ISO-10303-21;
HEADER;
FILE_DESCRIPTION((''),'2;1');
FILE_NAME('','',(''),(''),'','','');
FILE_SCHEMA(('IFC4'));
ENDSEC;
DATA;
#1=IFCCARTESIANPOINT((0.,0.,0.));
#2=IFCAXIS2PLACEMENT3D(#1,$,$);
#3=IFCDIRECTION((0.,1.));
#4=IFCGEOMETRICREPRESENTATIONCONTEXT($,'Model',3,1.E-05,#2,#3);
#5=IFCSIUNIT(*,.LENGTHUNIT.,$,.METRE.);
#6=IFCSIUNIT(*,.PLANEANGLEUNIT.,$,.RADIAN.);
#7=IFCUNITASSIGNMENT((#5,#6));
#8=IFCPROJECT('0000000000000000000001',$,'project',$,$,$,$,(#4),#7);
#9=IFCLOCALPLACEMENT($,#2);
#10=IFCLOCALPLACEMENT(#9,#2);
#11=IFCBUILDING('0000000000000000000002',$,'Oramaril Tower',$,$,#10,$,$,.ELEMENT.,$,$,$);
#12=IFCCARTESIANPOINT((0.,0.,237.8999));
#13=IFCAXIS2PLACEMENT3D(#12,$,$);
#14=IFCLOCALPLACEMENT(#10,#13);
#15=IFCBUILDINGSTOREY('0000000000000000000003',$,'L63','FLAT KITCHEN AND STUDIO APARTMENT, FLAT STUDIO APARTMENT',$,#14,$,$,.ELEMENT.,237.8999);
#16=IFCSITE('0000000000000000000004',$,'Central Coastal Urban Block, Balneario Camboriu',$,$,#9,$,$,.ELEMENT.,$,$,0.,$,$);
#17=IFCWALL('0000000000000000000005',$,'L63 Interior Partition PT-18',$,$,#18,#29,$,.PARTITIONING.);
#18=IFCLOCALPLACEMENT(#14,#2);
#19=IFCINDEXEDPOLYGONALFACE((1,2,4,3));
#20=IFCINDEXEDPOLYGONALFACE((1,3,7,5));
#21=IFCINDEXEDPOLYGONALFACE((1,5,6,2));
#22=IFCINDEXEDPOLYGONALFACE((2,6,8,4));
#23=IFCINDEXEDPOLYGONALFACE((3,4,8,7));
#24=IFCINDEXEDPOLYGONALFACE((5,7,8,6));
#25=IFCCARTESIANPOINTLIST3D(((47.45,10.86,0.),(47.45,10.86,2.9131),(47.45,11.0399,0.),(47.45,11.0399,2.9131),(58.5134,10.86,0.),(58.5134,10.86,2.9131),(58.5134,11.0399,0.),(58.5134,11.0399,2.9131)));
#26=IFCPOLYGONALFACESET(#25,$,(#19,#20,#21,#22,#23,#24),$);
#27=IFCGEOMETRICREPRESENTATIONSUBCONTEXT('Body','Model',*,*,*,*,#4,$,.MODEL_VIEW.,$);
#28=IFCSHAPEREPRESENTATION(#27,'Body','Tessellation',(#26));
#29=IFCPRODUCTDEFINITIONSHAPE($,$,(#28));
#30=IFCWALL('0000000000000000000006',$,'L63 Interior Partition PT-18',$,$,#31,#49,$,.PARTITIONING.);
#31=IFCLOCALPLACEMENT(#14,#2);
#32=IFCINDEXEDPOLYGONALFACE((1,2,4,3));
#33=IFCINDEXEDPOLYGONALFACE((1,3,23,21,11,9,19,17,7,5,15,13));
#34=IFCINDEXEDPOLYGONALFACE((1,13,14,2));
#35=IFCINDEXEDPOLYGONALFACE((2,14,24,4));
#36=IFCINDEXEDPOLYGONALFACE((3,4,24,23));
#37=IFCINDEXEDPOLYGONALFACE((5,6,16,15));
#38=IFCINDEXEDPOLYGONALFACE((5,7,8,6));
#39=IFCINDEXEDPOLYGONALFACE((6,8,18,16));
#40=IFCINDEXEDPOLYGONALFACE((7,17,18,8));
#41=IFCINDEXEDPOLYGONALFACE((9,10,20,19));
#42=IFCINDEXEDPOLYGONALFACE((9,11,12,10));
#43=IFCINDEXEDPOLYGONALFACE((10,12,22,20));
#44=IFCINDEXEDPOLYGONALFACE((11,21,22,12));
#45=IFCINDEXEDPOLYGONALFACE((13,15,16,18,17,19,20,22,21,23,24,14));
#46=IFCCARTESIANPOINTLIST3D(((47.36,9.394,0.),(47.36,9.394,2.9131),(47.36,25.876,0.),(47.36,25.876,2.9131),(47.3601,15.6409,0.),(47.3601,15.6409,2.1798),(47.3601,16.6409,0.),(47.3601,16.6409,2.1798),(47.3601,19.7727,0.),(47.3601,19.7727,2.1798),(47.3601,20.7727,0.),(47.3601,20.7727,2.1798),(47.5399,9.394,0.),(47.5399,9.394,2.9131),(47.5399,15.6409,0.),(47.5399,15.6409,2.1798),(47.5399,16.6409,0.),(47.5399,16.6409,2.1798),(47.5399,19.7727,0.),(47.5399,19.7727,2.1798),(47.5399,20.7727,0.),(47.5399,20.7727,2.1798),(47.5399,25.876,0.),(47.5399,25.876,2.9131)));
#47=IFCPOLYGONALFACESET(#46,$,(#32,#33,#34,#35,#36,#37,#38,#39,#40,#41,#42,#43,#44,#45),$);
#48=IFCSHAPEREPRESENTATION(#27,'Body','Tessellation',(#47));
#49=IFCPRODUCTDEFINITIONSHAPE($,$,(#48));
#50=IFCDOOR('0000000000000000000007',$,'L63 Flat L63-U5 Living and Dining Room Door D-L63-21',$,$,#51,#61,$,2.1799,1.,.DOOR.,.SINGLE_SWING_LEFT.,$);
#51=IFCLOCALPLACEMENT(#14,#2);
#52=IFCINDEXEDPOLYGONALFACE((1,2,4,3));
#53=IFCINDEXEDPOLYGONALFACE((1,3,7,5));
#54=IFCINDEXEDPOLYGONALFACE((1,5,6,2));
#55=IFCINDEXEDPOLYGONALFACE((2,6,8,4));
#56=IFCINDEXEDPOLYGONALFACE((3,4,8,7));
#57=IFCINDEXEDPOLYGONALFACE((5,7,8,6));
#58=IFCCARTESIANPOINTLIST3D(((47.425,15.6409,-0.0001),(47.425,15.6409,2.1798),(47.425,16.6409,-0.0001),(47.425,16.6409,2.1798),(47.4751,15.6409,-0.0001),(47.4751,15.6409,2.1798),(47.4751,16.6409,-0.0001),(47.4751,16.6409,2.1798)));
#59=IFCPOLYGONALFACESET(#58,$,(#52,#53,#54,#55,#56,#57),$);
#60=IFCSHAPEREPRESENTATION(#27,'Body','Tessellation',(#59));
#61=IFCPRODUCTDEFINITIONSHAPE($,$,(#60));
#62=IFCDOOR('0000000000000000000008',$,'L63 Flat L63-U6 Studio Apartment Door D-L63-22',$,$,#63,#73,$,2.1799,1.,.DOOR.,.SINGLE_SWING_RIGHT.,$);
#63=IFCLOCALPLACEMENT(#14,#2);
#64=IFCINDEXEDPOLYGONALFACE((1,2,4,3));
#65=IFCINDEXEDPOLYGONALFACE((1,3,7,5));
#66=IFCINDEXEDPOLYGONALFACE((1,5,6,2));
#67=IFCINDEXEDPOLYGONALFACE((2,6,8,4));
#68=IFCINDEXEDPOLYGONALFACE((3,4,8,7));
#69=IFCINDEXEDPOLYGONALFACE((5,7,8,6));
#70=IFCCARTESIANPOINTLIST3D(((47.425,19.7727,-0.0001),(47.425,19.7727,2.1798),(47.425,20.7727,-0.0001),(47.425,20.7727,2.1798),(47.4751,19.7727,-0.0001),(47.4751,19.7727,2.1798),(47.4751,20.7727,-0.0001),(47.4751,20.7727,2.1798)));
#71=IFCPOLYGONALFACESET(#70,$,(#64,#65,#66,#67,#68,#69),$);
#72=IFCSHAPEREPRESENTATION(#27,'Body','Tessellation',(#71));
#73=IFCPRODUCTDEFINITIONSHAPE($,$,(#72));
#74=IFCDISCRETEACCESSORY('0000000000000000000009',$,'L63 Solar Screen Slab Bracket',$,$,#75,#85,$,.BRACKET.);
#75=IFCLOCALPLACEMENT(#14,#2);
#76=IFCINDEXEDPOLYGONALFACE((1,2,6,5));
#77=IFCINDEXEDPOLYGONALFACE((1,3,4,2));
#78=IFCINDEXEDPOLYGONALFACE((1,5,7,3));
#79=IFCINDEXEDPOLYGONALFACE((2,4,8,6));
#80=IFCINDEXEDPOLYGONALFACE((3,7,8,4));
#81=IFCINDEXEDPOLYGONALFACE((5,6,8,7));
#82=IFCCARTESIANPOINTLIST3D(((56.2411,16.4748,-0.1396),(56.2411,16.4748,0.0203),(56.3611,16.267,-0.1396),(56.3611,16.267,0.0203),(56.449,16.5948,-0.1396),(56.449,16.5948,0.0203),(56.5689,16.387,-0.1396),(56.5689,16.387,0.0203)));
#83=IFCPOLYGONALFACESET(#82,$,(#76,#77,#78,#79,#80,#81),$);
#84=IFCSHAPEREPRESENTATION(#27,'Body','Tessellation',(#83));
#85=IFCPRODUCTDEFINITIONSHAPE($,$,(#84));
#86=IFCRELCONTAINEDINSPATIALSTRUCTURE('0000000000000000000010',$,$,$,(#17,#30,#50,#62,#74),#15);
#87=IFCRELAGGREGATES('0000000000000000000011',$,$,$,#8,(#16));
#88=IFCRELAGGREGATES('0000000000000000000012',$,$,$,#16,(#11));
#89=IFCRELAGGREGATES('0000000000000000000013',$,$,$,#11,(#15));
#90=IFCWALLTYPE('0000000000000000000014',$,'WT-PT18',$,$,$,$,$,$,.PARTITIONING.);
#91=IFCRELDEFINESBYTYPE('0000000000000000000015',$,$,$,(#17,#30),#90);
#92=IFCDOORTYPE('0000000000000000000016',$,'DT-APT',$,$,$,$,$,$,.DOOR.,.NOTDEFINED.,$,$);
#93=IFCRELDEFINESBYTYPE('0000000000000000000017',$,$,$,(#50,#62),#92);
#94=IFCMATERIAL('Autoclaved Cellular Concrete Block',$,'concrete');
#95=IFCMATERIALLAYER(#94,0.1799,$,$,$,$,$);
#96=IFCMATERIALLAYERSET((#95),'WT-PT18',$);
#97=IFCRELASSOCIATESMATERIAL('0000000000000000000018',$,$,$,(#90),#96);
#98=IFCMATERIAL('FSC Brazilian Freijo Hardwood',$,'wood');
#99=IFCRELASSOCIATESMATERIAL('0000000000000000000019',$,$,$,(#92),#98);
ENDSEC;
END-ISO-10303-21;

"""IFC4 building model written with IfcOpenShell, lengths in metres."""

from ifc_helpers import new_model, si_unit, direction, frame, frame_2d, origin, origin_2d, place, context, subcontext, project, spatial, rectangle, extrude, material, layer, layer_set, type_object, element, fill, save


model = new_model("IFC4")

# Units and contexts
model_context = context("Model", 3, precision=1e-05, world=origin(), true_north=direction((0.0, 1.0)))
body_context = subcontext(model_context, "Body", "Model", "MODEL_VIEW")
ifc_project = project(units=[si_unit("LENGTHUNIT", "METRE"), si_unit("PLANEANGLEUNIT", "RADIAN")], contexts=[model_context])

# Site, building, storey
site_placement = place(None, origin())
site = spatial("IfcSite", under=ifc_project, at=site_placement, Name="Central Coastal Urban Block, Balneario Camboriu", CompositionType="ELEMENT", RefElevation=0.0)
building_placement = place(site_placement, origin())
building = spatial("IfcBuilding", under=site, at=building_placement, Name="Oramaril Tower", CompositionType="ELEMENT")
storey_placement = place(building_placement, frame((0.0, 0.0, 237.8999)))
storey = spatial("IfcBuildingStorey", under=building, at=storey_placement, Name="L63", Description="FLAT KITCHEN AND STUDIO APARTMENT, FLAT STUDIO APARTMENT", CompositionType="ELEMENT", Elevation=237.8999)

# Wall
ifc_material_1 = material(Name="Autoclaved Cellular Concrete Block", Category="concrete")
ifc_layer_1 = layer(ifc_material_1, 0.1799)
ifc_layer_set_1 = layer_set([ifc_layer_1], Name="WT-PT18")
wall_type_1 = type_object("IfcWallType", Name="WT-PT18", PredefinedType="PARTITIONING", material=ifc_layer_set_1)
wall_1_placement = place(storey_placement, frame((47.45, 10.95, 0.0), z_axis=(0.0, 0.0, 1.0), x_axis=(1.0, 0.0, 0.0)))
element("IfcWall", 1, at=wall_1_placement, inside=storey, type_object=wall_type_1, Name="L63 Interior Partition PT-18", PredefinedType="PARTITIONING", context=body_context, shape_type="SweptSolid", body=[
    extrude(rectangle(XDim=11.0635, YDim=0.1799, at=frame_2d((5.5317, 0.0))), origin(), (0.0, 0.0, 1.0), 2.9131),
])

# Wall, openings, doors
wall_2_placement = place(storey_placement, frame((47.45, 9.394, 0.0), z_axis=(0.0, 0.0, 1.0), x_axis=(0.0, 1.0, 0.0)))
wall_2 = element("IfcWall", 2, at=wall_2_placement, inside=storey, type_object=wall_type_1, Name="L63 Interior Partition PT-18", PredefinedType="PARTITIONING", context=body_context, shape_type="SweptSolid", body=[
    extrude(rectangle(XDim=16.4819, YDim=0.1799, at=frame_2d((8.241, 0.0))), origin(), (0.0, 0.0, 1.0), 2.9131),
])
opening_1_placement = place(wall_2_placement, frame((6.2468, 0.0, 0.0)))
opening_1 = element("IfcOpeningElement", 3, at=opening_1_placement, cuts=wall_2, PredefinedType="OPENING", context=body_context, shape_type="SweptSolid", body=[
    extrude(rectangle(XDim=1.0, YDim=2.1799, at=frame_2d((0.5, 1.0898))), frame((0.0, 0.0898, 0.0), z_axis=(0.0, -1.0, 0.0), x_axis=(1.0, 0.0, 0.0)), (0.0, 0.0, 1.0), 0.1799),
])
opening_2_placement = place(wall_2_placement, frame((10.3787, 0.0, 0.0)))
opening_2 = element("IfcOpeningElement", 4, at=opening_2_placement, cuts=wall_2, PredefinedType="OPENING", context=body_context, shape_type="SweptSolid", body=[
    extrude(rectangle(XDim=1.0, YDim=2.1799, at=frame_2d((0.5, 1.0898))), frame((0.0, 0.0898, 0.0), z_axis=(0.0, -1.0, 0.0), x_axis=(1.0, 0.0, 0.0)), (0.0, 0.0, 1.0), 0.1799),
])
ifc_material_2 = material(Name="FSC Brazilian Freijo Hardwood", Category="wood")
door_type_1 = type_object("IfcDoorType", Name="DT-APT", OperationType="NOTDEFINED", PredefinedType="DOOR", material=ifc_material_2)
door_1_placement = place(opening_1_placement, origin())
door_1 = element("IfcDoor", 5, at=door_1_placement, inside=storey, type_object=door_type_1, Name="L63 Flat L63-U5 Living and Dining Room Door D-L63-21", OperationType="SINGLE_SWING_LEFT", OverallHeight=2.1799, OverallWidth=1.0, PredefinedType="DOOR", context=body_context, shape_type="SweptSolid", body=[
    extrude(rectangle(XDim=1.0, YDim=2.1799, at=frame_2d((0.5, 1.0898))), frame((0.0, 0.0249, 0.0), z_axis=(0.0, -1.0, 0.0), x_axis=(1.0, 0.0, 0.0)), (0.0, 0.0, 1.0), 0.05),
])
fill(opening_1, door_1)
door_2_placement = place(opening_2_placement, origin())
door_2 = element("IfcDoor", 6, at=door_2_placement, inside=storey, type_object=door_type_1, Name="L63 Flat L63-U6 Studio Apartment Door D-L63-22", OperationType="SINGLE_SWING_RIGHT", OverallHeight=2.1799, OverallWidth=1.0, PredefinedType="DOOR", context=body_context, shape_type="SweptSolid", body=[
    extrude(rectangle(XDim=1.0, YDim=2.1799, at=frame_2d((0.5, 1.0898))), frame((0.0, 0.0249, 0.0), z_axis=(0.0, -1.0, 0.0), x_axis=(1.0, 0.0, 0.0)), (0.0, 0.0, 1.0), 0.05),
])
fill(opening_2, door_2)

# Discrete accessory
discrete_accessory_placement = place(storey_placement, frame((56.405, 16.4309, -0.1396), z_axis=(0.0, 0.0, 1.0), x_axis=(-0.500002, 0.866025, 0.0)))
element("IfcDiscreteAccessory", 7, at=discrete_accessory_placement, inside=storey, Name="L63 Solar Screen Slab Bracket", PredefinedType="BRACKET", context=body_context, shape_type="SweptSolid", body=[
    extrude(rectangle(XDim=0.24, YDim=0.24, at=origin_2d()), origin(), (0.0, 0.0, 1.0), 0.1599),
])

save(model, "model.ifc")
